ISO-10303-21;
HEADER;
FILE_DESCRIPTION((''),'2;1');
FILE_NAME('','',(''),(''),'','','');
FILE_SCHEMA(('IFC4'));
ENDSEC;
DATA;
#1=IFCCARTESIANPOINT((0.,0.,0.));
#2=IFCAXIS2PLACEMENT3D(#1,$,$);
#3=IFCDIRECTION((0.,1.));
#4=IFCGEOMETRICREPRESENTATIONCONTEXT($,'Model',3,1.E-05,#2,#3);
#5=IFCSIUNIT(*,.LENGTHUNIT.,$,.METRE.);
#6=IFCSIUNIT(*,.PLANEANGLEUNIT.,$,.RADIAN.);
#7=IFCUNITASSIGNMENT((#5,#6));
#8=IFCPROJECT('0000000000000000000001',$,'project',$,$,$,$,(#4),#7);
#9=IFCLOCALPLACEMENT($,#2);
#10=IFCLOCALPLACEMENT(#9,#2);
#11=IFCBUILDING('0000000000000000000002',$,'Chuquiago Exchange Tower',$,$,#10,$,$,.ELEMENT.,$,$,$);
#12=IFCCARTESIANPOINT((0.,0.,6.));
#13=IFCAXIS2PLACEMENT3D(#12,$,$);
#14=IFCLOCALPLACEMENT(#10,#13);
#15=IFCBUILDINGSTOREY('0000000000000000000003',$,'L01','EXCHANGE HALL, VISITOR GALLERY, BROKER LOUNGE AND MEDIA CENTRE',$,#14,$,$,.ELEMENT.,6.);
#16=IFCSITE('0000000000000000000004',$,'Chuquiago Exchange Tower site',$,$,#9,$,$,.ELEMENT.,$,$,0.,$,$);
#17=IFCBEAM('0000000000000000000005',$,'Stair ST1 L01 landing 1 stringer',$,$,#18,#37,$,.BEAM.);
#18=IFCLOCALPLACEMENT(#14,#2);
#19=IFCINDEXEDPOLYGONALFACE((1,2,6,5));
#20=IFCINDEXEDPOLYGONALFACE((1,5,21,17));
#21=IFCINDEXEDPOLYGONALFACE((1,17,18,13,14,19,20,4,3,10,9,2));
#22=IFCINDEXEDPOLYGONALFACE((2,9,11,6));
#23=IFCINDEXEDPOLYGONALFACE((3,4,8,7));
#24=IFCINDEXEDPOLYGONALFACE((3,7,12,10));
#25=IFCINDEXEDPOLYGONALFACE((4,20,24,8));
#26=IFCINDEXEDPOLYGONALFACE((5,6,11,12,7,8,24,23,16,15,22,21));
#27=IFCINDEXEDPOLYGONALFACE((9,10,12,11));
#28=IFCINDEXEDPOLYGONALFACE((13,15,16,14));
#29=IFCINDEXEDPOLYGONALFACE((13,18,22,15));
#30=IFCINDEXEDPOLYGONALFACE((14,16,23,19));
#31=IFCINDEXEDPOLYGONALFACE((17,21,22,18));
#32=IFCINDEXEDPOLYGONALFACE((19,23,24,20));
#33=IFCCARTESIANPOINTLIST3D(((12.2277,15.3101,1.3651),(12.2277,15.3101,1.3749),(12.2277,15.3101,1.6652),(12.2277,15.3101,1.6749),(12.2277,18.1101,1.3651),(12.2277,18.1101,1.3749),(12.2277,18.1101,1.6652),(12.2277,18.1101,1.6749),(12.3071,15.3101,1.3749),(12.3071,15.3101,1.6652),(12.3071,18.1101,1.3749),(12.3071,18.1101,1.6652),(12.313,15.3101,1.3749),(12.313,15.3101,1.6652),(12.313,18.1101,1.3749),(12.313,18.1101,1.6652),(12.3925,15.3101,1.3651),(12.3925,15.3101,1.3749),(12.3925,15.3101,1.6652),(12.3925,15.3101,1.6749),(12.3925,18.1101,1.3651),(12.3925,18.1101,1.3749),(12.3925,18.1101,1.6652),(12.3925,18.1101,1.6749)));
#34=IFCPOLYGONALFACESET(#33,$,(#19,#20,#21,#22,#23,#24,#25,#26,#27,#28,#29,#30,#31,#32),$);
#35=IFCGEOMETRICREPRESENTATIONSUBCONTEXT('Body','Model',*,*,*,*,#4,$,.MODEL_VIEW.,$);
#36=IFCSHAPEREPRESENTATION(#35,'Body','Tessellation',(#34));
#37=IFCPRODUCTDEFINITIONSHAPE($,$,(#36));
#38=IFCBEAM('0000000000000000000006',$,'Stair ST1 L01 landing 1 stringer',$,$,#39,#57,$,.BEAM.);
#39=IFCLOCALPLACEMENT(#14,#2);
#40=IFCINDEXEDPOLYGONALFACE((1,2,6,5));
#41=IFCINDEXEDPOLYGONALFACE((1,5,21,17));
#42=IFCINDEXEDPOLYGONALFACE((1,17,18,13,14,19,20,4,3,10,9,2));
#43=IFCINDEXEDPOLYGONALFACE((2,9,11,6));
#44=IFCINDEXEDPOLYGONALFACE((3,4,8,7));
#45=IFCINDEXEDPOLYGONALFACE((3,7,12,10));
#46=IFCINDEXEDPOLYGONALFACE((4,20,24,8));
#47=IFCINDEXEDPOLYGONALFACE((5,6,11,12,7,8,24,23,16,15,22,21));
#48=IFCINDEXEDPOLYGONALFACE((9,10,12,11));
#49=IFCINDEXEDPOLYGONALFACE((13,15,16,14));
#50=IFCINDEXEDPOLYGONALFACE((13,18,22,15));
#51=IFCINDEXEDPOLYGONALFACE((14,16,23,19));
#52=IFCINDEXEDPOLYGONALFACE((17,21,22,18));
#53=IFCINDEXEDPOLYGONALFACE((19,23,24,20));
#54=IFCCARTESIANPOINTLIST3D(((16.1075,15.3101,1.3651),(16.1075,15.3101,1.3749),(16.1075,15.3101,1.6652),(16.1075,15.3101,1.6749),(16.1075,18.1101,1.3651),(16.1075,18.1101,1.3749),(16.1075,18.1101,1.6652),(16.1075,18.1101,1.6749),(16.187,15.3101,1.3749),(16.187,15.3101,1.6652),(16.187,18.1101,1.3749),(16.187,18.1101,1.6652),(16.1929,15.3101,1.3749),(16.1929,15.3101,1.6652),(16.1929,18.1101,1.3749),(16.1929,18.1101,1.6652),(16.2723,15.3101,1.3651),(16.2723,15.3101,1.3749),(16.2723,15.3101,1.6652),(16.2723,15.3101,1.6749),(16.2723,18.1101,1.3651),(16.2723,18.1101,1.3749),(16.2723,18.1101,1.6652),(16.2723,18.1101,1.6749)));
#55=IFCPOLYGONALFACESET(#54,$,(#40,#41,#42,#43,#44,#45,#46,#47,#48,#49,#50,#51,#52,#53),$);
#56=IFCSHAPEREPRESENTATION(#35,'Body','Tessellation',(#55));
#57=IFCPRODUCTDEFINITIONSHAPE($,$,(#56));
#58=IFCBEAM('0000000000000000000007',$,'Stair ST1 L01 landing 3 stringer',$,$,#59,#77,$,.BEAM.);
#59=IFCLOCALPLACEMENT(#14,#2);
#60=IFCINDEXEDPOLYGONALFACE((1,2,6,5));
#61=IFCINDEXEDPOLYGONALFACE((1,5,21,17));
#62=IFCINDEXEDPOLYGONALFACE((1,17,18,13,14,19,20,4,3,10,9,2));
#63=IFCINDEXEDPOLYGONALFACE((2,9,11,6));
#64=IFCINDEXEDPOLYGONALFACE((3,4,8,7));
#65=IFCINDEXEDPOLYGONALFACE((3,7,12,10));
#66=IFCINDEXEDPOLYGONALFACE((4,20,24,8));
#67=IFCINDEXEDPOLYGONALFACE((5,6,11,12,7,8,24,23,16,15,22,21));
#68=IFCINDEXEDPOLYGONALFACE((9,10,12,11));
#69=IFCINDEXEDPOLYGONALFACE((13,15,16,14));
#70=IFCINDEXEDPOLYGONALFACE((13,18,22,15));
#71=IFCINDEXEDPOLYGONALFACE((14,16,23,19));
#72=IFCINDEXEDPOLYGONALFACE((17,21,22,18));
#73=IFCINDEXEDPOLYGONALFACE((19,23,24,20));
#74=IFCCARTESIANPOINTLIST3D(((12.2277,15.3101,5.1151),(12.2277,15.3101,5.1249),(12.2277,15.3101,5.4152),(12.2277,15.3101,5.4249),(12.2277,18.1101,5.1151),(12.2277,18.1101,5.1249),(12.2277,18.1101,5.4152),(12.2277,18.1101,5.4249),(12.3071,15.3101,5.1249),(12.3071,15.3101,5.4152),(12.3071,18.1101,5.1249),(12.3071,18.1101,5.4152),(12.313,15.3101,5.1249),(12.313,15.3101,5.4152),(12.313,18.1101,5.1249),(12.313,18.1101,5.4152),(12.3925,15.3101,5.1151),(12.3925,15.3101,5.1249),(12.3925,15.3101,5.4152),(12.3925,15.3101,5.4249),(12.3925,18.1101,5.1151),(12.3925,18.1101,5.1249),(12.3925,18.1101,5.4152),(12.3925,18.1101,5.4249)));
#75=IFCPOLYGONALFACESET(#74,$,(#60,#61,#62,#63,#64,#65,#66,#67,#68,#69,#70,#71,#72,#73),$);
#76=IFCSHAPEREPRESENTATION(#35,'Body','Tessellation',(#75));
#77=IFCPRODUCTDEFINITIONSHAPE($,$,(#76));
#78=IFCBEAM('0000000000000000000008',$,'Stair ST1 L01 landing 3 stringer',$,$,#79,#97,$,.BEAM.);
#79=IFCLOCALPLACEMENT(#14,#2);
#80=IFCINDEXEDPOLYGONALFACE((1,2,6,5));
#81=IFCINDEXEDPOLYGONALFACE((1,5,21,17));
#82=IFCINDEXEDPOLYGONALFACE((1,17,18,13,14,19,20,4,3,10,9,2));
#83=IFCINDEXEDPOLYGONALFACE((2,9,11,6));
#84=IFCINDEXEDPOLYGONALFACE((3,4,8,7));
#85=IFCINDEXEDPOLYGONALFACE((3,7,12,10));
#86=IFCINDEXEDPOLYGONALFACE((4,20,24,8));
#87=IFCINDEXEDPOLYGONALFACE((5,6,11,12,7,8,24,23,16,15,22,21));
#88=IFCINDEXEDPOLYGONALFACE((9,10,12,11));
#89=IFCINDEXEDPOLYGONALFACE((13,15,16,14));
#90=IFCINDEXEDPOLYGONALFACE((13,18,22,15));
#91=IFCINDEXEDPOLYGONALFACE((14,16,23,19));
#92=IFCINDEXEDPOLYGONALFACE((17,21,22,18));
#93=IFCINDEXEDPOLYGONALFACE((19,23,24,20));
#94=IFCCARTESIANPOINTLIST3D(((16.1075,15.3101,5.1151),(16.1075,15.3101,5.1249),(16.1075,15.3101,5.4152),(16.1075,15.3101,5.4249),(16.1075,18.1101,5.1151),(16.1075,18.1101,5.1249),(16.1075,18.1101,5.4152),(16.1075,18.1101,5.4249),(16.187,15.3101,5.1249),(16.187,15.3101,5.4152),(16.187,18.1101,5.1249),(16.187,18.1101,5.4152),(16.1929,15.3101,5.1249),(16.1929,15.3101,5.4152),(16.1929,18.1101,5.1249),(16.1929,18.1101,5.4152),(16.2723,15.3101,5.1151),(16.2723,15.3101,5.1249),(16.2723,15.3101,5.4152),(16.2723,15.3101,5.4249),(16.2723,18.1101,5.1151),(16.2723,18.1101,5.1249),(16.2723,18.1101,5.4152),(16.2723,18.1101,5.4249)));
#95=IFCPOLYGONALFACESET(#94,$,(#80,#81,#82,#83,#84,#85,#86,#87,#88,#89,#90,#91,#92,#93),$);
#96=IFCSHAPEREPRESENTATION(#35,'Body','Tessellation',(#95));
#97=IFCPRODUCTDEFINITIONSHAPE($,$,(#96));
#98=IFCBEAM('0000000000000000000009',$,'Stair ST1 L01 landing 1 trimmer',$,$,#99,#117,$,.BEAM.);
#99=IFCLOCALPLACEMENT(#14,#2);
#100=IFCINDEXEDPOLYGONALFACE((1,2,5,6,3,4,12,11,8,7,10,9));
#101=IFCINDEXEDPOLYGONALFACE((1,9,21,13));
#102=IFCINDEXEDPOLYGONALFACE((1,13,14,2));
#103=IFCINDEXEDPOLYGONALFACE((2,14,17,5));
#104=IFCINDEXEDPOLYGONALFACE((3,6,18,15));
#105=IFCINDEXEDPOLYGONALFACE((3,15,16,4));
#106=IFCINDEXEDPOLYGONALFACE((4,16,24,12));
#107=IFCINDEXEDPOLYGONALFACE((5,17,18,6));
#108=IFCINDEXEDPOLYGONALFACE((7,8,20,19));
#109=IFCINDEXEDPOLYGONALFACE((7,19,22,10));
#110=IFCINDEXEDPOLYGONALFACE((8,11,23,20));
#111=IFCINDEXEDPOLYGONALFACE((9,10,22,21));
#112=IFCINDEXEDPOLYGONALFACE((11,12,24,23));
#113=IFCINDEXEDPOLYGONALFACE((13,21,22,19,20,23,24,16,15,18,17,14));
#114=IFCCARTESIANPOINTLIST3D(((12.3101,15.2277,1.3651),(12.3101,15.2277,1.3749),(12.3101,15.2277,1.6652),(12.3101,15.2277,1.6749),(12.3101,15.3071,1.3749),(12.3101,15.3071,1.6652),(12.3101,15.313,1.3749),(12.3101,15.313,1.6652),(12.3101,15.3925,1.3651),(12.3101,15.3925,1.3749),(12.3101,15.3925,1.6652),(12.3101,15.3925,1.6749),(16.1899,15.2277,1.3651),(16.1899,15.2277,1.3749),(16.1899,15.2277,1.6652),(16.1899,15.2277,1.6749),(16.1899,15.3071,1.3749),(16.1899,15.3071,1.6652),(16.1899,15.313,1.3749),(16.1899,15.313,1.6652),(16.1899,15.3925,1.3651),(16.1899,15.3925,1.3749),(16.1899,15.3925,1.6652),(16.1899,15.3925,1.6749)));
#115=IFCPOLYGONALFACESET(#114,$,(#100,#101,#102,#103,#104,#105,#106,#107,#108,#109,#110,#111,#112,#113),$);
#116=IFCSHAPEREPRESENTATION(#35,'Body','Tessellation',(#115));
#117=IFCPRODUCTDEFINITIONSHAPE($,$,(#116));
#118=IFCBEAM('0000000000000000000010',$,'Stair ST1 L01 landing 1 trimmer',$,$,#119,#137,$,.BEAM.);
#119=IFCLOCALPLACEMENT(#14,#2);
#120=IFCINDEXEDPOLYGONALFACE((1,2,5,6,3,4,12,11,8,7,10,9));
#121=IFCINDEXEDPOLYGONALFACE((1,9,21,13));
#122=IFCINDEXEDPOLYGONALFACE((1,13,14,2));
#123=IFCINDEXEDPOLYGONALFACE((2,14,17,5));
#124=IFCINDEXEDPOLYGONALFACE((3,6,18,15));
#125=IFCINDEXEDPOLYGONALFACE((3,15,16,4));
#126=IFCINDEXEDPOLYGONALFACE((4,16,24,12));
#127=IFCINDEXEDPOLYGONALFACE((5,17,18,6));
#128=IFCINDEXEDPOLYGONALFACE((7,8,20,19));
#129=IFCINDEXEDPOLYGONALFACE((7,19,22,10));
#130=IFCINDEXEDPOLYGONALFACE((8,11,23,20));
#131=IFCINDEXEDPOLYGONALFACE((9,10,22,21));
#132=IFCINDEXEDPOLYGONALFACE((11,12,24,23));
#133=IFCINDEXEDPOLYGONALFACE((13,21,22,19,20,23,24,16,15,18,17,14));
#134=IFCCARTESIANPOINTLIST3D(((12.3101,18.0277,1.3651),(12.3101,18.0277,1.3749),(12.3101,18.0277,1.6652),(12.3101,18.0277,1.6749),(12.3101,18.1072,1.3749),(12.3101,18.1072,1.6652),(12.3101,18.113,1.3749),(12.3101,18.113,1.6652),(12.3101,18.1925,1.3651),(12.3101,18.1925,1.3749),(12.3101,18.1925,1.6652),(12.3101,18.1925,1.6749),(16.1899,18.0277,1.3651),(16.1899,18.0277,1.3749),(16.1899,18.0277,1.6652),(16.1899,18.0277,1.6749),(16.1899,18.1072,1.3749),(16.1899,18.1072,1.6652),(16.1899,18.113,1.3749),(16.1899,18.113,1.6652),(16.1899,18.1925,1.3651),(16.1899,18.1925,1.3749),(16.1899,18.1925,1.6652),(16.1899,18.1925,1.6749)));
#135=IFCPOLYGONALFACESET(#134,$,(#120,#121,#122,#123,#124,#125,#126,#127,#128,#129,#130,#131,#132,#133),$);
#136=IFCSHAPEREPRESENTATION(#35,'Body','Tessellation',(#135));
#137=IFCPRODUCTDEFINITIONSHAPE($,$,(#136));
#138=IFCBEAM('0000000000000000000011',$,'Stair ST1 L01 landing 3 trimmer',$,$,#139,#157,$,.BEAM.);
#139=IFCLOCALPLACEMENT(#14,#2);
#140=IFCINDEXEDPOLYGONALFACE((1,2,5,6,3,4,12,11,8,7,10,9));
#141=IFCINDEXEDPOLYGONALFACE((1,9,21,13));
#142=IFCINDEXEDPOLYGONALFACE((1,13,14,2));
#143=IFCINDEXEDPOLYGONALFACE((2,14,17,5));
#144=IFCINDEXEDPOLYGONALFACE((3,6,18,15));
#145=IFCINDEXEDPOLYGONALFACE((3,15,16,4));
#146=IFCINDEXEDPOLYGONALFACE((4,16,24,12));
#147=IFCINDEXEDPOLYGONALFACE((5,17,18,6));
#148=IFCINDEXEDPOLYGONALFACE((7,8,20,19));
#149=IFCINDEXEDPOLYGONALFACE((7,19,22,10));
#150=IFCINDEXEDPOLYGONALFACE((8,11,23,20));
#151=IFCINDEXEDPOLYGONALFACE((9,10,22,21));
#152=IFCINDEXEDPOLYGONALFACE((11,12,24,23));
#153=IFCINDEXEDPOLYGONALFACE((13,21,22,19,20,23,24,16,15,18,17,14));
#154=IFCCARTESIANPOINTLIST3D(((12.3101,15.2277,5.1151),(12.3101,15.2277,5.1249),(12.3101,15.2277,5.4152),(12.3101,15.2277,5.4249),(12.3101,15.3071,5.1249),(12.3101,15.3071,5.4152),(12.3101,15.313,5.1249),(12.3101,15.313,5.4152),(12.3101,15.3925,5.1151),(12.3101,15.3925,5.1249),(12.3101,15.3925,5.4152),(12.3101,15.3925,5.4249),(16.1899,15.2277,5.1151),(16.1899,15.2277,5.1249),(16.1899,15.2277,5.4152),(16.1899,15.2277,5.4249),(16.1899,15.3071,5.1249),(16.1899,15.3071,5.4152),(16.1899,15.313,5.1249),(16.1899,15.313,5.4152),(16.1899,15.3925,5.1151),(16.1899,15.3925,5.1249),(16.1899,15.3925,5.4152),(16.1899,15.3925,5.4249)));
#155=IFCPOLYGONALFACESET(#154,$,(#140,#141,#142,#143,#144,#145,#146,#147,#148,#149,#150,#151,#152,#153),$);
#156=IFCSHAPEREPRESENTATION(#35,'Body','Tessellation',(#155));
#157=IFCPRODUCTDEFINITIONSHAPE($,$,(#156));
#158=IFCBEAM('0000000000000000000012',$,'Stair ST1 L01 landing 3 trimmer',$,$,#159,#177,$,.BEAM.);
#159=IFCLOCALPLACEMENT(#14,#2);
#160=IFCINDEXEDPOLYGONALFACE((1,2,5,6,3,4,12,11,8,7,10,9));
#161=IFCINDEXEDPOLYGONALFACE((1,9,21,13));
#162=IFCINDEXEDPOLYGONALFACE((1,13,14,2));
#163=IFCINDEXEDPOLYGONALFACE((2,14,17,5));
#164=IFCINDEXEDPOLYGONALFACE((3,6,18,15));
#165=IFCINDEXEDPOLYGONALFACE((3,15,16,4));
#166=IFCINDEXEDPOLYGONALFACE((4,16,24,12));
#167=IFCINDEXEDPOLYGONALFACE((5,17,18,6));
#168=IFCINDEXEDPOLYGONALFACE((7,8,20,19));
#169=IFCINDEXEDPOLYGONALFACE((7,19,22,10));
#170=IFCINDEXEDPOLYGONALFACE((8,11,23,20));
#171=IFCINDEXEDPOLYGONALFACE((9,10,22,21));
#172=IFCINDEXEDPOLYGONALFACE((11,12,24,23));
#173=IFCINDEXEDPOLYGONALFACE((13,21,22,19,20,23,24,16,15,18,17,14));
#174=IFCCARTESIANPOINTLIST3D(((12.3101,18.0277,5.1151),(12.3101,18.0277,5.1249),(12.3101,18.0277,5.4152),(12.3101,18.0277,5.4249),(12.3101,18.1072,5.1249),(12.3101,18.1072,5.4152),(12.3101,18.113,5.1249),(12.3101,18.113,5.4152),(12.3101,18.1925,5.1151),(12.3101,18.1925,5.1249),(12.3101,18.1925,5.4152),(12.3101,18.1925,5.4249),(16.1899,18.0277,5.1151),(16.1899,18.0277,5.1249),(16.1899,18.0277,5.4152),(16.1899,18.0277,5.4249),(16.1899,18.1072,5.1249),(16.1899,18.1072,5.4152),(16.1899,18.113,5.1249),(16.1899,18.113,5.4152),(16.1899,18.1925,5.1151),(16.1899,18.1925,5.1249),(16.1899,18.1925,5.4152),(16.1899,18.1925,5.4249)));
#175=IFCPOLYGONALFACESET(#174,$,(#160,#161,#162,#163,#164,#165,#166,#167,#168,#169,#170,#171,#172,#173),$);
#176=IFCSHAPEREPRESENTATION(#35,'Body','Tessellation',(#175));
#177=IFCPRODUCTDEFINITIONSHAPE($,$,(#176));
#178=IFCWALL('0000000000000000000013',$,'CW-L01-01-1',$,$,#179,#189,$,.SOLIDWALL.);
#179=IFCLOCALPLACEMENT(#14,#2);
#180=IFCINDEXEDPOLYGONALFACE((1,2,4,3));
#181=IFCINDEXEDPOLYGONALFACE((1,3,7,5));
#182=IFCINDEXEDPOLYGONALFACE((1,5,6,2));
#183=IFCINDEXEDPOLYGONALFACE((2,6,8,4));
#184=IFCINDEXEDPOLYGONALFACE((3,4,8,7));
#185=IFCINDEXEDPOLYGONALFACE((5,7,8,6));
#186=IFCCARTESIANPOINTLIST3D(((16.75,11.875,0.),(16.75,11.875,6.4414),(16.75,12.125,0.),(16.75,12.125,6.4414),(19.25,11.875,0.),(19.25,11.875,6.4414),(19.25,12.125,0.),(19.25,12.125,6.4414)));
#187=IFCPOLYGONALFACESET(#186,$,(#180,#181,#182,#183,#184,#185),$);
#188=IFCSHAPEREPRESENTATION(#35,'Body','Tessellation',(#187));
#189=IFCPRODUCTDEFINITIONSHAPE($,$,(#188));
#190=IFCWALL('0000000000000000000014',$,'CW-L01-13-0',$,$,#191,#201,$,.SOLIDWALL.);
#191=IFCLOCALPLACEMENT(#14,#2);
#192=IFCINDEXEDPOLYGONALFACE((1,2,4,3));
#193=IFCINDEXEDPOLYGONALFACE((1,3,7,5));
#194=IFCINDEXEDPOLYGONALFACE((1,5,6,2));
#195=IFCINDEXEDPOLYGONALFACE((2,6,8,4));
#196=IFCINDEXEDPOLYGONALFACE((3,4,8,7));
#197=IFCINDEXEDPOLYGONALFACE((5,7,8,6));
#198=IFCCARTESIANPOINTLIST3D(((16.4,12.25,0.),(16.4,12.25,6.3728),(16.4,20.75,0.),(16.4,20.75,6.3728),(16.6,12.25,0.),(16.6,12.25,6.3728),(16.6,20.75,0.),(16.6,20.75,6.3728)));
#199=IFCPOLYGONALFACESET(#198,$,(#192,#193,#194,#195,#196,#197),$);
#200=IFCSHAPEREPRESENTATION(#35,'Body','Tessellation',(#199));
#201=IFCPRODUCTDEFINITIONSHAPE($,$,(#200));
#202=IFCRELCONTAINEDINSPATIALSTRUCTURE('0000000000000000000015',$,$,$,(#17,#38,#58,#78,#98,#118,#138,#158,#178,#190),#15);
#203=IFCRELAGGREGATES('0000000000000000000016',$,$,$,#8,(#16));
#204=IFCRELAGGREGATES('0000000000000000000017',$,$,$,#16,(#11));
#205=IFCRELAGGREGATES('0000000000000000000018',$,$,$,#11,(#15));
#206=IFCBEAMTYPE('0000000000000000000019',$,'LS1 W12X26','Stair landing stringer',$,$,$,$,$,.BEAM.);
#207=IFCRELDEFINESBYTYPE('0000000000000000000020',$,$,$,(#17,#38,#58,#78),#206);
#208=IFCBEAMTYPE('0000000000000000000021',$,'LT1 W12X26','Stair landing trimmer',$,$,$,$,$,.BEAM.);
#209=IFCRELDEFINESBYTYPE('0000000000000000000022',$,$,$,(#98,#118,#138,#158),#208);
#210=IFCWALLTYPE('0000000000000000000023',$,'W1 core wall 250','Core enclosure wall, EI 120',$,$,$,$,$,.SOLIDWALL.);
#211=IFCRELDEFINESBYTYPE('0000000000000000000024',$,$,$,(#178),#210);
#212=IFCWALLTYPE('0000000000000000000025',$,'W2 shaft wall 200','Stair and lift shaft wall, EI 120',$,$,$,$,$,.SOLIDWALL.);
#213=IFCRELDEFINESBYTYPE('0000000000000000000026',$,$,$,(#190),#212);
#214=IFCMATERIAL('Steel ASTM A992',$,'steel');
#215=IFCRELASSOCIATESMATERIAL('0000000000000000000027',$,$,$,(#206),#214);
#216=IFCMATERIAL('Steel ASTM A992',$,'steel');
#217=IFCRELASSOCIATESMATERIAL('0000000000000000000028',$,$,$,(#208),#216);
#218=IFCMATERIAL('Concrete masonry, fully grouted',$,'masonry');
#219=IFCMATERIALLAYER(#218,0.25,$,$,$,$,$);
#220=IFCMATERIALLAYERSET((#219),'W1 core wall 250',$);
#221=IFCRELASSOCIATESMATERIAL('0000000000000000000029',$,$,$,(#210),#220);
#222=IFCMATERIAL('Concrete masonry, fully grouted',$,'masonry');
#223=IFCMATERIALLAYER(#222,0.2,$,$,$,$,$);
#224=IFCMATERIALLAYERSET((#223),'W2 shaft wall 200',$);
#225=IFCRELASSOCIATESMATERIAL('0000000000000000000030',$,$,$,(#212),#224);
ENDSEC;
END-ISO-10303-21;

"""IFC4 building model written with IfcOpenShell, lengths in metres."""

from ifc_helpers import new_model, si_unit, direction, frame, frame_2d, origin, origin_2d, place, context, subcontext, project, spatial, rectangle, i_section, extrude, material, layer, layer_set, material_profile, profile_set, type_object, element, save


model = new_model("IFC4")

# Units and contexts
model_context = context("Model", 3, precision=1e-05, world=origin(), true_north=direction((0.0, 1.0)))
body_context = subcontext(model_context, "Body", "Model", "MODEL_VIEW")
ifc_project = project(units=[si_unit("LENGTHUNIT", "METRE"), si_unit("PLANEANGLEUNIT", "RADIAN")], contexts=[model_context])

# Site, building, storey
site_placement = place(None, origin())
site = spatial("IfcSite", under=ifc_project, at=site_placement, Name="Chuquiago Exchange Tower site", CompositionType="ELEMENT", RefElevation=0.0)
building_placement = place(site_placement, origin())
building = spatial("IfcBuilding", under=site, at=building_placement, Name="Chuquiago Exchange Tower", CompositionType="ELEMENT")
storey_placement = place(building_placement, frame((0.0, 0.0, 6.0)))
storey = spatial("IfcBuildingStorey", under=building, at=storey_placement, Name="L01", Description="EXCHANGE HALL, VISITOR GALLERY, BROKER LOUNGE AND MEDIA CENTRE", CompositionType="ELEMENT", Elevation=6.0)

# Beams
ifc_material_1 = material(Name="Steel ASTM A992", Category="steel")
ifc_material_profile_1 = material_profile(ifc_material_1, i_section(OverallWidth=0.1648, OverallDepth=0.3098, WebThickness=0.0059, FlangeThickness=0.0098, at=origin_2d()), Name="W12X26")
ifc_profile_set_1 = profile_set([ifc_material_profile_1], Name="Steel ASTM A992")
beam_type_1 = type_object("IfcBeamType", Name="LS1 W12X26", Description="Stair landing stringer", PredefinedType="BEAM", material=ifc_profile_set_1)
for number, where, z_axis, x_axis, name in (
    (1, (12.3101, 15.3101, 1.52), (0.0, 1.0, 0.0), (-1.0, 0.0, 0.0), "Stair ST1 L01 landing 1 stringer"),
    (2, (16.1899, 15.3101, 1.52), (0.0, 1.0, 0.0), (-1.0, 0.0, 0.0), "Stair ST1 L01 landing 1 stringer"),
    (3, (12.3101, 15.3101, 5.27), (0.0, 1.0, 0.0), (-1.0, 0.0, 0.0), "Stair ST1 L01 landing 3 stringer"),
    (4, (16.1899, 15.3101, 5.27), (0.0, 1.0, 0.0), (-1.0, 0.0, 0.0), "Stair ST1 L01 landing 3 stringer"),
):
    element("IfcBeam", number, at=place(storey_placement, frame(where, z_axis=z_axis, x_axis=x_axis)), inside=storey, type_object=beam_type_1, Name=name, PredefinedType="BEAM", context=body_context, shape_type="SweptSolid", body=[
        extrude(i_section(OverallWidth=0.1648, OverallDepth=0.3098, WebThickness=0.0059, FlangeThickness=0.0098, at=origin_2d()), origin(), (0.0, 0.0, 1.0), 2.8),
    ])
ifc_material_2 = material(Name="Steel ASTM A992", Category="steel")
ifc_material_profile_2 = material_profile(ifc_material_2, i_section(OverallWidth=0.1648, OverallDepth=0.3098, WebThickness=0.0059, FlangeThickness=0.0098, at=origin_2d()), Name="W12X26")
ifc_profile_set_2 = profile_set([ifc_material_profile_2], Name="Steel ASTM A992")
beam_type_2 = type_object("IfcBeamType", Name="LT1 W12X26", Description="Stair landing trimmer", PredefinedType="BEAM", material=ifc_profile_set_2)
for number, where, z_axis, x_axis, name in (
    (5, (12.3101, 15.3101, 1.52), (1.0, 0.0, 0.0), (0.0, 1.0, 0.0), "Stair ST1 L01 landing 1 trimmer"),
    (6, (12.3101, 18.1101, 1.52), (1.0, 0.0, 0.0), (0.0, 1.0, 0.0), "Stair ST1 L01 landing 1 trimmer"),
    (7, (12.3101, 15.3101, 5.27), (1.0, 0.0, 0.0), (0.0, 1.0, 0.0), "Stair ST1 L01 landing 3 trimmer"),
    (8, (12.3101, 18.1101, 5.27), (1.0, 0.0, 0.0), (0.0, 1.0, 0.0), "Stair ST1 L01 landing 3 trimmer"),
):
    element("IfcBeam", number, at=place(storey_placement, frame(where, z_axis=z_axis, x_axis=x_axis)), inside=storey, type_object=beam_type_2, Name=name, PredefinedType="BEAM", context=body_context, shape_type="SweptSolid", body=[
        extrude(i_section(OverallWidth=0.1648, OverallDepth=0.3098, WebThickness=0.0059, FlangeThickness=0.0098, at=origin_2d()), origin(), (0.0, 0.0, 1.0), 3.8799),
    ])

# Walls
ifc_material_3 = material(Name="Concrete masonry, fully grouted", Category="masonry")
ifc_layer_1 = layer(ifc_material_3, 0.25)
ifc_layer_set_1 = layer_set([ifc_layer_1], Name="W1 core wall 250")
wall_type_1 = type_object("IfcWallType", Name="W1 core wall 250", Description="Core enclosure wall, EI 120", PredefinedType="SOLIDWALL", material=ifc_layer_set_1)
wall_1_placement = place(storey_placement, frame((16.75, 12.0, 0.0), z_axis=(0.0, 0.0, 1.0), x_axis=(1.0, 0.0, 0.0)))
element("IfcWall", 9, at=wall_1_placement, inside=storey, type_object=wall_type_1, Name="CW-L01-01-1", PredefinedType="SOLIDWALL", context=body_context, shape_type="SweptSolid", body=[
    extrude(rectangle(XDim=2.5, YDim=0.25, at=frame_2d((1.25, 0.0))), origin(), (0.0, 0.0, 1.0), 6.4414),
])
ifc_material_4 = material(Name="Concrete masonry, fully grouted", Category="masonry")
ifc_layer_2 = layer(ifc_material_4, 0.2)
ifc_layer_set_2 = layer_set([ifc_layer_2], Name="W2 shaft wall 200")
wall_type_2 = type_object("IfcWallType", Name="W2 shaft wall 200", Description="Stair and lift shaft wall, EI 120", PredefinedType="SOLIDWALL", material=ifc_layer_set_2)
wall_2_placement = place(storey_placement, frame((16.5, 12.25, 0.0), z_axis=(0.0, 0.0, 1.0), x_axis=(0.0, 1.0, 0.0)))
element("IfcWall", 10, at=wall_2_placement, inside=storey, type_object=wall_type_2, Name="CW-L01-13-0", PredefinedType="SOLIDWALL", context=body_context, shape_type="SweptSolid", body=[
    extrude(rectangle(XDim=8.5, YDim=0.2, at=frame_2d((4.25, 0.0))), origin(), (0.0, 0.0, 1.0), 6.3728),
])

save(model, "model.ifc")
